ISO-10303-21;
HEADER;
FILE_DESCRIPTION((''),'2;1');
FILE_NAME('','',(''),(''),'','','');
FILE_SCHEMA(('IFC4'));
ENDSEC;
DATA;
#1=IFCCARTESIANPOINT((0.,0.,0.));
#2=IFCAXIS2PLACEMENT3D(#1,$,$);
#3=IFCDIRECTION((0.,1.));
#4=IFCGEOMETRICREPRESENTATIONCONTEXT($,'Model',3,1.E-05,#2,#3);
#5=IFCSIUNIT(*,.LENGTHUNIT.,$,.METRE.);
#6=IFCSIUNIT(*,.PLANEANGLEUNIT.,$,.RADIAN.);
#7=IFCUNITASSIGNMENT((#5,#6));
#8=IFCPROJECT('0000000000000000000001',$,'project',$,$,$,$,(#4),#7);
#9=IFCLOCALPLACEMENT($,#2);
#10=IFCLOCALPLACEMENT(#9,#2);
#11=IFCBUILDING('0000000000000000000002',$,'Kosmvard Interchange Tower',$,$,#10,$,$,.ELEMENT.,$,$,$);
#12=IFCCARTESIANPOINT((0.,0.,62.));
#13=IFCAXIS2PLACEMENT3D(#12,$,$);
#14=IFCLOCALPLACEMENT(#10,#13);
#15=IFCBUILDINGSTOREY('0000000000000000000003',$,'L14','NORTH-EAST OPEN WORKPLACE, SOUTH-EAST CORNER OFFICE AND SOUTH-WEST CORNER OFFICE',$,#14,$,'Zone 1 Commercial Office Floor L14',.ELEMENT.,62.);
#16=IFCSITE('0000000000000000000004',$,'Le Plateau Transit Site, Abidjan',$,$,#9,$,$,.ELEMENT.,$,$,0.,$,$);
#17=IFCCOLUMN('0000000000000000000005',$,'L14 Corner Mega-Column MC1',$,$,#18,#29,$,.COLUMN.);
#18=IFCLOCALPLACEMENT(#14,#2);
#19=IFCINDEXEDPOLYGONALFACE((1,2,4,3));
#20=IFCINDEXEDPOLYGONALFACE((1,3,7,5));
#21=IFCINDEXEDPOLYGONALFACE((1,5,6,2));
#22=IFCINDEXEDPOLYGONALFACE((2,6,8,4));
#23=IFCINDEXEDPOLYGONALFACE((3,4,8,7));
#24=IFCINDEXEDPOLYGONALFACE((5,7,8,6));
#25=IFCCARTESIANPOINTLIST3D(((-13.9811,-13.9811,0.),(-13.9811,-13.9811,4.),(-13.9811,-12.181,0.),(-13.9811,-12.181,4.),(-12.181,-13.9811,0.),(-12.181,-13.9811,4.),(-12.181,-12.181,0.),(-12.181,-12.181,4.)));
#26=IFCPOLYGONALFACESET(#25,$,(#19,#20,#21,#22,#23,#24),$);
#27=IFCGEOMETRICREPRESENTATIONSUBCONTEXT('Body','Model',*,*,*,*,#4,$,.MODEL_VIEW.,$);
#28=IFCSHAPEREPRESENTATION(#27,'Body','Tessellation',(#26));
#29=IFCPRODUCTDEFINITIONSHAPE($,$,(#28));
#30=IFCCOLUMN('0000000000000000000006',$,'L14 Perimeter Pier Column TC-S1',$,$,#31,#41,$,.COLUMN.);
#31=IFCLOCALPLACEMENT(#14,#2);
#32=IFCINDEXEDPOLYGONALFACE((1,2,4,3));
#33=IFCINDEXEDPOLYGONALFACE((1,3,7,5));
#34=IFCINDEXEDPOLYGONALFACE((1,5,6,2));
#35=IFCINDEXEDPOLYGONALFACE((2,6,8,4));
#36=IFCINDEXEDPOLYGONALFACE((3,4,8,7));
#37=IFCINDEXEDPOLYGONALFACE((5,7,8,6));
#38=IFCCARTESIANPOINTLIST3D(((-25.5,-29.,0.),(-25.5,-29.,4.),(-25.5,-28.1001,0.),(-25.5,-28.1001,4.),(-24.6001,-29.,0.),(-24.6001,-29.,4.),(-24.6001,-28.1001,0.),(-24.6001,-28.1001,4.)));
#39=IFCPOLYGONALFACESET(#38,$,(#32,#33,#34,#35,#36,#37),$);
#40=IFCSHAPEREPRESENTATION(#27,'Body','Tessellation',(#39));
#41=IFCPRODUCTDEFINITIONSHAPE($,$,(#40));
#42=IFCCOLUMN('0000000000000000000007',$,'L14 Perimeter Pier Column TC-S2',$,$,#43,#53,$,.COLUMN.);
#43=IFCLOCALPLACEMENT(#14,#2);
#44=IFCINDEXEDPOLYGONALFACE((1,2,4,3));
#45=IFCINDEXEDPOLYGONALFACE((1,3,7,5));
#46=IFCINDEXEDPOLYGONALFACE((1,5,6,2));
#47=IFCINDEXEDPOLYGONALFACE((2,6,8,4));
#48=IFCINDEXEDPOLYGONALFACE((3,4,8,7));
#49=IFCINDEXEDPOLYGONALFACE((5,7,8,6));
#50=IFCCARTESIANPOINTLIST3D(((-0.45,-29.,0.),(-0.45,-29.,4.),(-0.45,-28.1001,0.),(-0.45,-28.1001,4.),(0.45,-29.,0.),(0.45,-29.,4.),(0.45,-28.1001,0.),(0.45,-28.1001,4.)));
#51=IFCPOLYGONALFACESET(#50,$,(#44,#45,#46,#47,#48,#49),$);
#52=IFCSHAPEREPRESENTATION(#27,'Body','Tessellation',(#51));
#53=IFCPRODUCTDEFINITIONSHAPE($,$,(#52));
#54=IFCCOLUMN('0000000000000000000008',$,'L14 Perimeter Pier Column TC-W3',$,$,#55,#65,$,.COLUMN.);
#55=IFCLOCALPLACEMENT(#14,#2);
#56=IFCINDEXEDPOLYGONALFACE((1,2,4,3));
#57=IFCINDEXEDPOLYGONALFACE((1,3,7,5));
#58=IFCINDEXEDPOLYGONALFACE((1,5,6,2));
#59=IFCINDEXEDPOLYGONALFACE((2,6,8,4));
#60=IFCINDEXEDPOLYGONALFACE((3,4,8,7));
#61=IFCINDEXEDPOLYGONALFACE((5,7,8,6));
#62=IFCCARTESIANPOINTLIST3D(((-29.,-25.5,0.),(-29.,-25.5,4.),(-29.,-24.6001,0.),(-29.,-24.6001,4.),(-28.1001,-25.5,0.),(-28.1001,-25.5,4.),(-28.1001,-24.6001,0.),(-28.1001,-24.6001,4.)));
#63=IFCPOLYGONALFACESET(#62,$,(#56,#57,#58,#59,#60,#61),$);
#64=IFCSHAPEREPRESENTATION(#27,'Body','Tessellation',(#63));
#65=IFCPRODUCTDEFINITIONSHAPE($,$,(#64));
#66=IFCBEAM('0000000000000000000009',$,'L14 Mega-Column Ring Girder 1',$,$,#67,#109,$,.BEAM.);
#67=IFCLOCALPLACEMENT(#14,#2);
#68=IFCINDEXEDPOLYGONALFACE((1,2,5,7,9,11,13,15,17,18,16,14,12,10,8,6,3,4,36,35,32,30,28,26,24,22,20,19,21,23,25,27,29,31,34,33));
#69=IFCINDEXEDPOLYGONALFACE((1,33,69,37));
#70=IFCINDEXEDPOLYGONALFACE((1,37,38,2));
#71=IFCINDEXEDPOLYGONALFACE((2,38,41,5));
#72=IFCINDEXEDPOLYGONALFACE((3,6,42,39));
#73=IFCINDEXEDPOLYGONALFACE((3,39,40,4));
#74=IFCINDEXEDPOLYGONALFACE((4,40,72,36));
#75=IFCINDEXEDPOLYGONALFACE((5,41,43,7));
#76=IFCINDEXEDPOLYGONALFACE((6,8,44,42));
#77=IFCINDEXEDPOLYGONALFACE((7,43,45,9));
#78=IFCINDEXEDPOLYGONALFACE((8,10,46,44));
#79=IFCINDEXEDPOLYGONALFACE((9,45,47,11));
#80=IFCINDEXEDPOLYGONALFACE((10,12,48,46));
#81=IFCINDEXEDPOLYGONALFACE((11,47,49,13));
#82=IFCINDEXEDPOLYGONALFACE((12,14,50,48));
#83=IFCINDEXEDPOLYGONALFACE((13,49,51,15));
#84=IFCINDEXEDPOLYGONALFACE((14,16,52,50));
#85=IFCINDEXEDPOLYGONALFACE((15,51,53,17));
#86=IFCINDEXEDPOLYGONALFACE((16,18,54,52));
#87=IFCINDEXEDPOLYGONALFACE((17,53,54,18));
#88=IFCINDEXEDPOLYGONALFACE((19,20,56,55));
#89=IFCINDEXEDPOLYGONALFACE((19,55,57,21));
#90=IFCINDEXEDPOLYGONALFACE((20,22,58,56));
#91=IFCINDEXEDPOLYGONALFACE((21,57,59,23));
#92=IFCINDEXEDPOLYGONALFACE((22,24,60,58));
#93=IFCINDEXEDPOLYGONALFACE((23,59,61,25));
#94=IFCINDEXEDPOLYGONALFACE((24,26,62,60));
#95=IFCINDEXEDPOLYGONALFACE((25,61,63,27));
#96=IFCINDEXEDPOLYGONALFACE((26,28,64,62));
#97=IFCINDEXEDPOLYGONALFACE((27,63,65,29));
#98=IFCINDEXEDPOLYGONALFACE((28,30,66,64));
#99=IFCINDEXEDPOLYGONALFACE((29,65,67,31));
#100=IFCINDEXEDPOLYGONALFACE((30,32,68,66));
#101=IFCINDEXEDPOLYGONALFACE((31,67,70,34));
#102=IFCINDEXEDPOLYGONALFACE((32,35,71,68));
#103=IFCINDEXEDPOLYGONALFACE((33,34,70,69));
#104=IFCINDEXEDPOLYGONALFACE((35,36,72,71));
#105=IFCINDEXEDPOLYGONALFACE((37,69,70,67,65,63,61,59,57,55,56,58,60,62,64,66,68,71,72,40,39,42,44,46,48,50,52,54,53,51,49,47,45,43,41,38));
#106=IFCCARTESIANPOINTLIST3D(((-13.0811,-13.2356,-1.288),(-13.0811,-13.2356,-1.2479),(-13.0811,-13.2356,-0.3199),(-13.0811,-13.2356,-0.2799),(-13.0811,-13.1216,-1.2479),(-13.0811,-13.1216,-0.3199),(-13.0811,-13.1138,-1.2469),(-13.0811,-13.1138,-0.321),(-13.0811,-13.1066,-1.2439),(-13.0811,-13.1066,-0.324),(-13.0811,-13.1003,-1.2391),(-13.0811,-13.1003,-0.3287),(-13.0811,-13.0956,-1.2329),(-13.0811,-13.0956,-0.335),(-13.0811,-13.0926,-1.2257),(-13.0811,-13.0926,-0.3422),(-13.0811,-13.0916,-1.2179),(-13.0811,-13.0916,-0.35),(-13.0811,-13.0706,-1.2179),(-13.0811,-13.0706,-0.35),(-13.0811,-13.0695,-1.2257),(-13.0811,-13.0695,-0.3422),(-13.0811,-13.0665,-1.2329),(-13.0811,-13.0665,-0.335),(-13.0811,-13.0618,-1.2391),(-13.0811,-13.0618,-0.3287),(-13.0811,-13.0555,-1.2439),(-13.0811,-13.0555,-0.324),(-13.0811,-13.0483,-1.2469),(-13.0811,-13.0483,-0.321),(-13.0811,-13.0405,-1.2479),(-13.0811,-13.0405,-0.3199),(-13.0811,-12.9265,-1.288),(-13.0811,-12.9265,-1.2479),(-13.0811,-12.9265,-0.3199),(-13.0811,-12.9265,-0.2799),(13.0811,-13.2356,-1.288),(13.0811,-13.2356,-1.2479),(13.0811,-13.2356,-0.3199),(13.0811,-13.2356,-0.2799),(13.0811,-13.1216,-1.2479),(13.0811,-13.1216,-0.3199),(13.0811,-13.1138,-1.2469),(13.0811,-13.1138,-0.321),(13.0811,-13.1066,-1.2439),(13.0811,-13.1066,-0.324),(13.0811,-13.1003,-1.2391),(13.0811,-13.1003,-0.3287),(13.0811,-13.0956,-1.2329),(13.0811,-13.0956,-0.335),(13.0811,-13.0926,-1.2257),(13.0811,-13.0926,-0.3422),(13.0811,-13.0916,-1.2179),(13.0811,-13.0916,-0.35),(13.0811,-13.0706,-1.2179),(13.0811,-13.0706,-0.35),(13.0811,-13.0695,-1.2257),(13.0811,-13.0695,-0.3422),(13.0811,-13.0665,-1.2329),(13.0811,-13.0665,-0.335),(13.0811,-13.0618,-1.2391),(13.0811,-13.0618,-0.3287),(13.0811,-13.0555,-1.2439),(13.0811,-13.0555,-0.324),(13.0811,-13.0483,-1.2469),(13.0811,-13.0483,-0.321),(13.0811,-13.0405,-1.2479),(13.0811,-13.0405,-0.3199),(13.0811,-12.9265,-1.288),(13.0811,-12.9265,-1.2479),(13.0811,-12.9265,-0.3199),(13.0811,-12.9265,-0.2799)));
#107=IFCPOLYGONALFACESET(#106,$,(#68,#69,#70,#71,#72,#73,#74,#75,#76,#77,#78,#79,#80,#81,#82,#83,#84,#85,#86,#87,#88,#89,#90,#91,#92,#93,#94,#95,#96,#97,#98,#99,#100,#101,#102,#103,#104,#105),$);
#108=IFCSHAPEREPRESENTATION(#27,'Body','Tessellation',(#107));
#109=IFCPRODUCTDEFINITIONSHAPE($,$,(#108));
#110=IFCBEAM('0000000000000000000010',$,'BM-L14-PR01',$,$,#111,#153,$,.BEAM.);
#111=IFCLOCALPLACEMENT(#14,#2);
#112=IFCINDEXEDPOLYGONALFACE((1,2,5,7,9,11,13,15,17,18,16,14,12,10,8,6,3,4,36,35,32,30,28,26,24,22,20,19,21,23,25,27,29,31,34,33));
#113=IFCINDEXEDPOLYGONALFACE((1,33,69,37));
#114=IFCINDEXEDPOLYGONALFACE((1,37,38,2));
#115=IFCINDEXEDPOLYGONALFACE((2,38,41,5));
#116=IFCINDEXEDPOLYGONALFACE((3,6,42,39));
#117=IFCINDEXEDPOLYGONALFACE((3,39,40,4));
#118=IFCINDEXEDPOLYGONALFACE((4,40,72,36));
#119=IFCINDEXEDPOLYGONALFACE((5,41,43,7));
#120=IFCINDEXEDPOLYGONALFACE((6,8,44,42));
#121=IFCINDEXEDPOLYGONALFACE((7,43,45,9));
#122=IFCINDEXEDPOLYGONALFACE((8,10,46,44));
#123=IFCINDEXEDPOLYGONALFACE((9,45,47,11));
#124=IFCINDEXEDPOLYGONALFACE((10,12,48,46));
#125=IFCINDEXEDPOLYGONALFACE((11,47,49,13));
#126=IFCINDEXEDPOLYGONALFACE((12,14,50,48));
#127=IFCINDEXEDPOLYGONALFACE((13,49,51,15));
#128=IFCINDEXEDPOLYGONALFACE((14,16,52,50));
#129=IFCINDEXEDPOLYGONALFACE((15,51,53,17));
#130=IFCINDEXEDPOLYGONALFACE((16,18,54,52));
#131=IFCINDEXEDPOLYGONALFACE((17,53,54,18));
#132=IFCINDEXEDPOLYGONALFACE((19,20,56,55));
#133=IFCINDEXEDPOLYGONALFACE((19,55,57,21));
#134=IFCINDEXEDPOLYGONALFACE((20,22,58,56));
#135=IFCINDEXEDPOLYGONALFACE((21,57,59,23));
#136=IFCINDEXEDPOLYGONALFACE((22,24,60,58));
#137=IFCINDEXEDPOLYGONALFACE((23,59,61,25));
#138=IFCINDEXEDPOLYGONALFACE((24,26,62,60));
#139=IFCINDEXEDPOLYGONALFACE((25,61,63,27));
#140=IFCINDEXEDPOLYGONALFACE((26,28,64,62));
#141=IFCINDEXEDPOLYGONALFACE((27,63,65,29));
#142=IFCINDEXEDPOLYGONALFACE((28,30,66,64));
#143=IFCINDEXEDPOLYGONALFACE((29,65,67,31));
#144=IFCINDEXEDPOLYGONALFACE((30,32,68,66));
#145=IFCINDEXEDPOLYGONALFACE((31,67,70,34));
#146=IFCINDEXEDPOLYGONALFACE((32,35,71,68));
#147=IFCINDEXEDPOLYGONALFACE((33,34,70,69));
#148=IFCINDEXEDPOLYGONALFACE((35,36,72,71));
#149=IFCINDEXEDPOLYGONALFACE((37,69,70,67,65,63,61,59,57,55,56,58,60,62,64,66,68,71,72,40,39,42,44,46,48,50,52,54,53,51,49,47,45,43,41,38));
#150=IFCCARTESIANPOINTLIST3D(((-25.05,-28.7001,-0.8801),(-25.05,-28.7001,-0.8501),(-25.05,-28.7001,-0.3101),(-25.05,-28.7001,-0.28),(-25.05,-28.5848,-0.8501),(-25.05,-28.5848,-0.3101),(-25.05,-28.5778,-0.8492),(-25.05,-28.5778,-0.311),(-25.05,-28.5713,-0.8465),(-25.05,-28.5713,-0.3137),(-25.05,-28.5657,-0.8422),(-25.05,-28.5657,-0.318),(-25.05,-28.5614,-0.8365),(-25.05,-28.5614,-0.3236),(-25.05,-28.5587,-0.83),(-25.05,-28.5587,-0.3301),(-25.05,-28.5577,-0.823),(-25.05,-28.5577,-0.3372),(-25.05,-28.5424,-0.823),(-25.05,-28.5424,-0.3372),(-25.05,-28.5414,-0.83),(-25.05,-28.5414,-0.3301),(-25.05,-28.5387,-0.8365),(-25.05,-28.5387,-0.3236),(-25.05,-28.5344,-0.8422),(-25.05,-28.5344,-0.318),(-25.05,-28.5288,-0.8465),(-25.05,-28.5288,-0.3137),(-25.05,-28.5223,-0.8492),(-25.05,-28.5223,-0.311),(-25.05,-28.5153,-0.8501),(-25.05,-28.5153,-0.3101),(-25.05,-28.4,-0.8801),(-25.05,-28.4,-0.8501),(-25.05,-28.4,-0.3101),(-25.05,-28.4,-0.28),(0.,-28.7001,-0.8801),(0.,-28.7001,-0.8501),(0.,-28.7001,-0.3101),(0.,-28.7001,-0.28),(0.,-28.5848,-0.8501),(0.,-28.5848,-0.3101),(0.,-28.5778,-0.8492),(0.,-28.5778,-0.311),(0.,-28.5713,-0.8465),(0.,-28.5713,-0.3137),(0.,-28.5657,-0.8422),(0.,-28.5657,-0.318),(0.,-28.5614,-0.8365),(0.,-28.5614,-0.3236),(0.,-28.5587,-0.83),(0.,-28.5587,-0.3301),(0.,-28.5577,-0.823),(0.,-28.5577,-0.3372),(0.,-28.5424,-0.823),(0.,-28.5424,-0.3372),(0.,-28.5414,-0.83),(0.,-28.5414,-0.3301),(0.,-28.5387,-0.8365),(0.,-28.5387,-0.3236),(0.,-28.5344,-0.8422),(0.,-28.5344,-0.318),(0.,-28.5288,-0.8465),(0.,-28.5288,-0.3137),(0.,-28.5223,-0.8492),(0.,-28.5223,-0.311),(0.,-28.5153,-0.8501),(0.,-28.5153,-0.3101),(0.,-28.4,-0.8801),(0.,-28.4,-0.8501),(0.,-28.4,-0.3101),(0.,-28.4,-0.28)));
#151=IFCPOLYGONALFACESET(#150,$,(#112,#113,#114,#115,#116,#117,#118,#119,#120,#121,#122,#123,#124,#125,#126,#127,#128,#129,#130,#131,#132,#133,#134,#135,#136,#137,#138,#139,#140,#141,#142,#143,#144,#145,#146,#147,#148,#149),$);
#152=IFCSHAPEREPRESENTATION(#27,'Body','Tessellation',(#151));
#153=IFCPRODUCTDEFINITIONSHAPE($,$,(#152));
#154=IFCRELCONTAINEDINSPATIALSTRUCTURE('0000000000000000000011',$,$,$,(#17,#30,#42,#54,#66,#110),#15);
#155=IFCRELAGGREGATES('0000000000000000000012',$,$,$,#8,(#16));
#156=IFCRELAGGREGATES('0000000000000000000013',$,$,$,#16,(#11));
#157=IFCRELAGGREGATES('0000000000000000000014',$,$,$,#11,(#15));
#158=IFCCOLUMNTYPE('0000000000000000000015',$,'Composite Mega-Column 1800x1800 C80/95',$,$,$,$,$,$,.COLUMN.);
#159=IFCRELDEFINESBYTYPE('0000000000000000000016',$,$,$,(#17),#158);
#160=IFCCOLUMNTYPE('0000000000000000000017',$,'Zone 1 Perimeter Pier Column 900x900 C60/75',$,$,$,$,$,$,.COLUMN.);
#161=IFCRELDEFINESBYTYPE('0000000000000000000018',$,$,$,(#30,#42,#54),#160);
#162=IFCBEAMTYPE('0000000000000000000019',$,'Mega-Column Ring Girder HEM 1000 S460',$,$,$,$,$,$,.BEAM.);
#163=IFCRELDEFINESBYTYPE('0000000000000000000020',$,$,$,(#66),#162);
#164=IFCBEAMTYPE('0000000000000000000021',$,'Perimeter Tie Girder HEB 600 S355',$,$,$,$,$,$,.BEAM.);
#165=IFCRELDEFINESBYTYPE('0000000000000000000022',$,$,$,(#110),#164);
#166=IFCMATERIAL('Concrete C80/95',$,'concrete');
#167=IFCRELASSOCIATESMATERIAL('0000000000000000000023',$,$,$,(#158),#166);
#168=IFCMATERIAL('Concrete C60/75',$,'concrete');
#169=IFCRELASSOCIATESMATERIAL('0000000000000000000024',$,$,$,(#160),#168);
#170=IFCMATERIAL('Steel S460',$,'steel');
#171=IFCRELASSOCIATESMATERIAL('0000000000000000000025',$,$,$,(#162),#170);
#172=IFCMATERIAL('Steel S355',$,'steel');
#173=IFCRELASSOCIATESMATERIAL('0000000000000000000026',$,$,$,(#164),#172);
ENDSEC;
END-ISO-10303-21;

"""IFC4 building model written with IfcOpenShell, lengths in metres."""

from ifc_helpers import new_model, si_unit, direction, frame, origin, origin_2d, place, context, subcontext, project, spatial, rectangle, i_section, extrude, source, transform, mapped, material, material_profile, profile_set, type_object, element, save


model = new_model("IFC4")

# Units and contexts
model_context = context("Model", 3, precision=1e-05, world=origin(), true_north=direction((0.0, 1.0)))
body_context = subcontext(model_context, "Body", "Model", "MODEL_VIEW")
ifc_project = project(units=[si_unit("LENGTHUNIT", "METRE"), si_unit("PLANEANGLEUNIT", "RADIAN")], contexts=[model_context])

# Site, building, storey
site_placement = place(None, origin())
site = spatial("IfcSite", under=ifc_project, at=site_placement, Name="Le Plateau Transit Site, Abidjan", CompositionType="ELEMENT", RefElevation=0.0)
building_placement = place(site_placement, origin())
building = spatial("IfcBuilding", under=site, at=building_placement, Name="Kosmvard Interchange Tower", CompositionType="ELEMENT")
storey_placement = place(building_placement, frame((0.0, 0.0, 62.0)))
storey = spatial("IfcBuildingStorey", under=building, at=storey_placement, Name="L14", Description="NORTH-EAST OPEN WORKPLACE, SOUTH-EAST CORNER OFFICE AND SOUTH-WEST CORNER OFFICE", LongName="Zone 1 Commercial Office Floor L14", CompositionType="ELEMENT", Elevation=62.0)

# Columns
ifc_material_1 = material(Name="Concrete C80/95", Category="concrete")
ifc_material_profile_1 = material_profile(ifc_material_1, rectangle(XDim=1.8, YDim=1.8, at=origin_2d()), Name="MC 1800x1800")
ifc_profile_set_1 = profile_set([ifc_material_profile_1], Name="Concrete C80/95")
column_type_1 = type_object("IfcColumnType", Name="Composite Mega-Column 1800x1800 C80/95", PredefinedType="COLUMN", material=ifc_profile_set_1)
shared_shape_1 = source(origin(), body_context, "Body", "SweptSolid", [
    extrude(rectangle(XDim=1.8, YDim=1.8, at=origin_2d()), origin(), (0.0, 0.0, 1.0), 4.0),
])
column_placement = place(storey_placement, frame((-13.0811, -13.0811, 0.0), z_axis=(0.0, 0.0, 1.0), x_axis=(1.0, 0.0, 0.0)))
element("IfcColumn", 1, at=column_placement, inside=storey, type_object=column_type_1, Name="L14 Corner Mega-Column MC1", PredefinedType="COLUMN", context=body_context, shape_type="MappedRepresentation", body=[
    mapped(shared_shape_1, transform((0.0, 0.0, 0.0), scale=1.0)),
])
ifc_material_2 = material(Name="Concrete C60/75", Category="concrete")
ifc_material_profile_2 = material_profile(ifc_material_2, rectangle(XDim=0.8999, YDim=0.8999, at=origin_2d()), Name="TC 900x900")
ifc_profile_set_2 = profile_set([ifc_material_profile_2], Name="Concrete C60/75")
column_type_2 = type_object("IfcColumnType", Name="Zone 1 Perimeter Pier Column 900x900 C60/75", PredefinedType="COLUMN", material=ifc_profile_set_2)
shared_shape_2 = source(origin(), body_context, "Body", "SweptSolid", [
    extrude(rectangle(XDim=0.8999, YDim=0.8999, at=origin_2d()), origin(), (0.0, 0.0, 1.0), 4.0),
])
for number, where, z_axis, x_axis, name in (
    (2, (-25.05, -28.55, 0.0), (0.0, 0.0, 1.0), (1.0, 0.0, 0.0), "L14 Perimeter Pier Column TC-S1"),
    (3, (0.0, -28.55, 0.0), (0.0, 0.0, 1.0), (1.0, 0.0, 0.0), "L14 Perimeter Pier Column TC-S2"),
    (4, (-28.55, -25.05, 0.0), (0.0, 0.0, 1.0), (1.0, 0.0, 0.0), "L14 Perimeter Pier Column TC-W3"),
):
    element("IfcColumn", number, at=place(storey_placement, frame(where, z_axis=z_axis, x_axis=x_axis)), inside=storey, type_object=column_type_2, Name=name, PredefinedType="COLUMN", context=body_context, shape_type="MappedRepresentation", body=[
        mapped(shared_shape_2, transform((0.0, 0.0, 0.0), scale=1.0)),
    ])

# Beams
ifc_material_3 = material(Name="Steel S460", Category="steel")
ifc_material_profile_3 = material_profile(ifc_material_3, i_section(OverallWidth=0.3091, OverallDepth=1.0081, WebThickness=0.021, FlangeThickness=0.04, FilletRadius=0.03, at=origin_2d()), Name="HEM 1000")
ifc_profile_set_3 = profile_set([ifc_material_profile_3], Name="Steel S460")
beam_type_1 = type_object("IfcBeamType", Name="Mega-Column Ring Girder HEM 1000 S460", PredefinedType="BEAM", material=ifc_profile_set_3)
shared_shape_3 = source(origin(), body_context, "Body", "SweptSolid", [
    extrude(i_section(OverallWidth=0.3091, OverallDepth=1.0081, WebThickness=0.021, FlangeThickness=0.04, FilletRadius=0.03, at=origin_2d()), origin(), (0.0, 0.0, 1.0), 26.1621),
])
beam_1_placement = place(storey_placement, frame((-13.0811, -13.0811, -0.7839), z_axis=(1.0, 0.0, 0.0), x_axis=(0.0, 1.0, 0.0)))
element("IfcBeam", 5, at=beam_1_placement, inside=storey, type_object=beam_type_1, Name="L14 Mega-Column Ring Girder 1", PredefinedType="BEAM", context=body_context, shape_type="MappedRepresentation", body=[
    mapped(shared_shape_3, transform((0.0, 0.0, 0.0), scale=1.0)),
])
ifc_material_4 = material(Name="Steel S355", Category="steel")
ifc_material_profile_4 = material_profile(ifc_material_4, i_section(OverallWidth=0.3, OverallDepth=0.6001, WebThickness=0.0154, FlangeThickness=0.03, FilletRadius=0.0271, at=origin_2d()), Name="HEB 600")
ifc_profile_set_4 = profile_set([ifc_material_profile_4], Name="Steel S355")
beam_type_2 = type_object("IfcBeamType", Name="Perimeter Tie Girder HEB 600 S355", PredefinedType="BEAM", material=ifc_profile_set_4)
shared_shape_4 = source(origin(), body_context, "Body", "SweptSolid", [
    extrude(i_section(OverallWidth=0.3, OverallDepth=0.6001, WebThickness=0.0154, FlangeThickness=0.03, FilletRadius=0.0271, at=origin_2d()), origin(), (0.0, 0.0, 1.0), 25.05),
])
for number, where, z_axis, x_axis, name in (
    (6, (-25.05, -28.55, -0.5801), (1.0, 0.0, 0.0), (0.0, 1.0, 0.0), "BM-L14-PR01"),
):
    element("IfcBeam", number, at=place(storey_placement, frame(where, z_axis=z_axis, x_axis=x_axis)), inside=storey, type_object=beam_type_2, Name=name, PredefinedType="BEAM", context=body_context, shape_type="MappedRepresentation", body=[
        mapped(shared_shape_4, transform((0.0, 0.0, 0.0), scale=1.0)),
    ])

save(model, "model.ifc")
